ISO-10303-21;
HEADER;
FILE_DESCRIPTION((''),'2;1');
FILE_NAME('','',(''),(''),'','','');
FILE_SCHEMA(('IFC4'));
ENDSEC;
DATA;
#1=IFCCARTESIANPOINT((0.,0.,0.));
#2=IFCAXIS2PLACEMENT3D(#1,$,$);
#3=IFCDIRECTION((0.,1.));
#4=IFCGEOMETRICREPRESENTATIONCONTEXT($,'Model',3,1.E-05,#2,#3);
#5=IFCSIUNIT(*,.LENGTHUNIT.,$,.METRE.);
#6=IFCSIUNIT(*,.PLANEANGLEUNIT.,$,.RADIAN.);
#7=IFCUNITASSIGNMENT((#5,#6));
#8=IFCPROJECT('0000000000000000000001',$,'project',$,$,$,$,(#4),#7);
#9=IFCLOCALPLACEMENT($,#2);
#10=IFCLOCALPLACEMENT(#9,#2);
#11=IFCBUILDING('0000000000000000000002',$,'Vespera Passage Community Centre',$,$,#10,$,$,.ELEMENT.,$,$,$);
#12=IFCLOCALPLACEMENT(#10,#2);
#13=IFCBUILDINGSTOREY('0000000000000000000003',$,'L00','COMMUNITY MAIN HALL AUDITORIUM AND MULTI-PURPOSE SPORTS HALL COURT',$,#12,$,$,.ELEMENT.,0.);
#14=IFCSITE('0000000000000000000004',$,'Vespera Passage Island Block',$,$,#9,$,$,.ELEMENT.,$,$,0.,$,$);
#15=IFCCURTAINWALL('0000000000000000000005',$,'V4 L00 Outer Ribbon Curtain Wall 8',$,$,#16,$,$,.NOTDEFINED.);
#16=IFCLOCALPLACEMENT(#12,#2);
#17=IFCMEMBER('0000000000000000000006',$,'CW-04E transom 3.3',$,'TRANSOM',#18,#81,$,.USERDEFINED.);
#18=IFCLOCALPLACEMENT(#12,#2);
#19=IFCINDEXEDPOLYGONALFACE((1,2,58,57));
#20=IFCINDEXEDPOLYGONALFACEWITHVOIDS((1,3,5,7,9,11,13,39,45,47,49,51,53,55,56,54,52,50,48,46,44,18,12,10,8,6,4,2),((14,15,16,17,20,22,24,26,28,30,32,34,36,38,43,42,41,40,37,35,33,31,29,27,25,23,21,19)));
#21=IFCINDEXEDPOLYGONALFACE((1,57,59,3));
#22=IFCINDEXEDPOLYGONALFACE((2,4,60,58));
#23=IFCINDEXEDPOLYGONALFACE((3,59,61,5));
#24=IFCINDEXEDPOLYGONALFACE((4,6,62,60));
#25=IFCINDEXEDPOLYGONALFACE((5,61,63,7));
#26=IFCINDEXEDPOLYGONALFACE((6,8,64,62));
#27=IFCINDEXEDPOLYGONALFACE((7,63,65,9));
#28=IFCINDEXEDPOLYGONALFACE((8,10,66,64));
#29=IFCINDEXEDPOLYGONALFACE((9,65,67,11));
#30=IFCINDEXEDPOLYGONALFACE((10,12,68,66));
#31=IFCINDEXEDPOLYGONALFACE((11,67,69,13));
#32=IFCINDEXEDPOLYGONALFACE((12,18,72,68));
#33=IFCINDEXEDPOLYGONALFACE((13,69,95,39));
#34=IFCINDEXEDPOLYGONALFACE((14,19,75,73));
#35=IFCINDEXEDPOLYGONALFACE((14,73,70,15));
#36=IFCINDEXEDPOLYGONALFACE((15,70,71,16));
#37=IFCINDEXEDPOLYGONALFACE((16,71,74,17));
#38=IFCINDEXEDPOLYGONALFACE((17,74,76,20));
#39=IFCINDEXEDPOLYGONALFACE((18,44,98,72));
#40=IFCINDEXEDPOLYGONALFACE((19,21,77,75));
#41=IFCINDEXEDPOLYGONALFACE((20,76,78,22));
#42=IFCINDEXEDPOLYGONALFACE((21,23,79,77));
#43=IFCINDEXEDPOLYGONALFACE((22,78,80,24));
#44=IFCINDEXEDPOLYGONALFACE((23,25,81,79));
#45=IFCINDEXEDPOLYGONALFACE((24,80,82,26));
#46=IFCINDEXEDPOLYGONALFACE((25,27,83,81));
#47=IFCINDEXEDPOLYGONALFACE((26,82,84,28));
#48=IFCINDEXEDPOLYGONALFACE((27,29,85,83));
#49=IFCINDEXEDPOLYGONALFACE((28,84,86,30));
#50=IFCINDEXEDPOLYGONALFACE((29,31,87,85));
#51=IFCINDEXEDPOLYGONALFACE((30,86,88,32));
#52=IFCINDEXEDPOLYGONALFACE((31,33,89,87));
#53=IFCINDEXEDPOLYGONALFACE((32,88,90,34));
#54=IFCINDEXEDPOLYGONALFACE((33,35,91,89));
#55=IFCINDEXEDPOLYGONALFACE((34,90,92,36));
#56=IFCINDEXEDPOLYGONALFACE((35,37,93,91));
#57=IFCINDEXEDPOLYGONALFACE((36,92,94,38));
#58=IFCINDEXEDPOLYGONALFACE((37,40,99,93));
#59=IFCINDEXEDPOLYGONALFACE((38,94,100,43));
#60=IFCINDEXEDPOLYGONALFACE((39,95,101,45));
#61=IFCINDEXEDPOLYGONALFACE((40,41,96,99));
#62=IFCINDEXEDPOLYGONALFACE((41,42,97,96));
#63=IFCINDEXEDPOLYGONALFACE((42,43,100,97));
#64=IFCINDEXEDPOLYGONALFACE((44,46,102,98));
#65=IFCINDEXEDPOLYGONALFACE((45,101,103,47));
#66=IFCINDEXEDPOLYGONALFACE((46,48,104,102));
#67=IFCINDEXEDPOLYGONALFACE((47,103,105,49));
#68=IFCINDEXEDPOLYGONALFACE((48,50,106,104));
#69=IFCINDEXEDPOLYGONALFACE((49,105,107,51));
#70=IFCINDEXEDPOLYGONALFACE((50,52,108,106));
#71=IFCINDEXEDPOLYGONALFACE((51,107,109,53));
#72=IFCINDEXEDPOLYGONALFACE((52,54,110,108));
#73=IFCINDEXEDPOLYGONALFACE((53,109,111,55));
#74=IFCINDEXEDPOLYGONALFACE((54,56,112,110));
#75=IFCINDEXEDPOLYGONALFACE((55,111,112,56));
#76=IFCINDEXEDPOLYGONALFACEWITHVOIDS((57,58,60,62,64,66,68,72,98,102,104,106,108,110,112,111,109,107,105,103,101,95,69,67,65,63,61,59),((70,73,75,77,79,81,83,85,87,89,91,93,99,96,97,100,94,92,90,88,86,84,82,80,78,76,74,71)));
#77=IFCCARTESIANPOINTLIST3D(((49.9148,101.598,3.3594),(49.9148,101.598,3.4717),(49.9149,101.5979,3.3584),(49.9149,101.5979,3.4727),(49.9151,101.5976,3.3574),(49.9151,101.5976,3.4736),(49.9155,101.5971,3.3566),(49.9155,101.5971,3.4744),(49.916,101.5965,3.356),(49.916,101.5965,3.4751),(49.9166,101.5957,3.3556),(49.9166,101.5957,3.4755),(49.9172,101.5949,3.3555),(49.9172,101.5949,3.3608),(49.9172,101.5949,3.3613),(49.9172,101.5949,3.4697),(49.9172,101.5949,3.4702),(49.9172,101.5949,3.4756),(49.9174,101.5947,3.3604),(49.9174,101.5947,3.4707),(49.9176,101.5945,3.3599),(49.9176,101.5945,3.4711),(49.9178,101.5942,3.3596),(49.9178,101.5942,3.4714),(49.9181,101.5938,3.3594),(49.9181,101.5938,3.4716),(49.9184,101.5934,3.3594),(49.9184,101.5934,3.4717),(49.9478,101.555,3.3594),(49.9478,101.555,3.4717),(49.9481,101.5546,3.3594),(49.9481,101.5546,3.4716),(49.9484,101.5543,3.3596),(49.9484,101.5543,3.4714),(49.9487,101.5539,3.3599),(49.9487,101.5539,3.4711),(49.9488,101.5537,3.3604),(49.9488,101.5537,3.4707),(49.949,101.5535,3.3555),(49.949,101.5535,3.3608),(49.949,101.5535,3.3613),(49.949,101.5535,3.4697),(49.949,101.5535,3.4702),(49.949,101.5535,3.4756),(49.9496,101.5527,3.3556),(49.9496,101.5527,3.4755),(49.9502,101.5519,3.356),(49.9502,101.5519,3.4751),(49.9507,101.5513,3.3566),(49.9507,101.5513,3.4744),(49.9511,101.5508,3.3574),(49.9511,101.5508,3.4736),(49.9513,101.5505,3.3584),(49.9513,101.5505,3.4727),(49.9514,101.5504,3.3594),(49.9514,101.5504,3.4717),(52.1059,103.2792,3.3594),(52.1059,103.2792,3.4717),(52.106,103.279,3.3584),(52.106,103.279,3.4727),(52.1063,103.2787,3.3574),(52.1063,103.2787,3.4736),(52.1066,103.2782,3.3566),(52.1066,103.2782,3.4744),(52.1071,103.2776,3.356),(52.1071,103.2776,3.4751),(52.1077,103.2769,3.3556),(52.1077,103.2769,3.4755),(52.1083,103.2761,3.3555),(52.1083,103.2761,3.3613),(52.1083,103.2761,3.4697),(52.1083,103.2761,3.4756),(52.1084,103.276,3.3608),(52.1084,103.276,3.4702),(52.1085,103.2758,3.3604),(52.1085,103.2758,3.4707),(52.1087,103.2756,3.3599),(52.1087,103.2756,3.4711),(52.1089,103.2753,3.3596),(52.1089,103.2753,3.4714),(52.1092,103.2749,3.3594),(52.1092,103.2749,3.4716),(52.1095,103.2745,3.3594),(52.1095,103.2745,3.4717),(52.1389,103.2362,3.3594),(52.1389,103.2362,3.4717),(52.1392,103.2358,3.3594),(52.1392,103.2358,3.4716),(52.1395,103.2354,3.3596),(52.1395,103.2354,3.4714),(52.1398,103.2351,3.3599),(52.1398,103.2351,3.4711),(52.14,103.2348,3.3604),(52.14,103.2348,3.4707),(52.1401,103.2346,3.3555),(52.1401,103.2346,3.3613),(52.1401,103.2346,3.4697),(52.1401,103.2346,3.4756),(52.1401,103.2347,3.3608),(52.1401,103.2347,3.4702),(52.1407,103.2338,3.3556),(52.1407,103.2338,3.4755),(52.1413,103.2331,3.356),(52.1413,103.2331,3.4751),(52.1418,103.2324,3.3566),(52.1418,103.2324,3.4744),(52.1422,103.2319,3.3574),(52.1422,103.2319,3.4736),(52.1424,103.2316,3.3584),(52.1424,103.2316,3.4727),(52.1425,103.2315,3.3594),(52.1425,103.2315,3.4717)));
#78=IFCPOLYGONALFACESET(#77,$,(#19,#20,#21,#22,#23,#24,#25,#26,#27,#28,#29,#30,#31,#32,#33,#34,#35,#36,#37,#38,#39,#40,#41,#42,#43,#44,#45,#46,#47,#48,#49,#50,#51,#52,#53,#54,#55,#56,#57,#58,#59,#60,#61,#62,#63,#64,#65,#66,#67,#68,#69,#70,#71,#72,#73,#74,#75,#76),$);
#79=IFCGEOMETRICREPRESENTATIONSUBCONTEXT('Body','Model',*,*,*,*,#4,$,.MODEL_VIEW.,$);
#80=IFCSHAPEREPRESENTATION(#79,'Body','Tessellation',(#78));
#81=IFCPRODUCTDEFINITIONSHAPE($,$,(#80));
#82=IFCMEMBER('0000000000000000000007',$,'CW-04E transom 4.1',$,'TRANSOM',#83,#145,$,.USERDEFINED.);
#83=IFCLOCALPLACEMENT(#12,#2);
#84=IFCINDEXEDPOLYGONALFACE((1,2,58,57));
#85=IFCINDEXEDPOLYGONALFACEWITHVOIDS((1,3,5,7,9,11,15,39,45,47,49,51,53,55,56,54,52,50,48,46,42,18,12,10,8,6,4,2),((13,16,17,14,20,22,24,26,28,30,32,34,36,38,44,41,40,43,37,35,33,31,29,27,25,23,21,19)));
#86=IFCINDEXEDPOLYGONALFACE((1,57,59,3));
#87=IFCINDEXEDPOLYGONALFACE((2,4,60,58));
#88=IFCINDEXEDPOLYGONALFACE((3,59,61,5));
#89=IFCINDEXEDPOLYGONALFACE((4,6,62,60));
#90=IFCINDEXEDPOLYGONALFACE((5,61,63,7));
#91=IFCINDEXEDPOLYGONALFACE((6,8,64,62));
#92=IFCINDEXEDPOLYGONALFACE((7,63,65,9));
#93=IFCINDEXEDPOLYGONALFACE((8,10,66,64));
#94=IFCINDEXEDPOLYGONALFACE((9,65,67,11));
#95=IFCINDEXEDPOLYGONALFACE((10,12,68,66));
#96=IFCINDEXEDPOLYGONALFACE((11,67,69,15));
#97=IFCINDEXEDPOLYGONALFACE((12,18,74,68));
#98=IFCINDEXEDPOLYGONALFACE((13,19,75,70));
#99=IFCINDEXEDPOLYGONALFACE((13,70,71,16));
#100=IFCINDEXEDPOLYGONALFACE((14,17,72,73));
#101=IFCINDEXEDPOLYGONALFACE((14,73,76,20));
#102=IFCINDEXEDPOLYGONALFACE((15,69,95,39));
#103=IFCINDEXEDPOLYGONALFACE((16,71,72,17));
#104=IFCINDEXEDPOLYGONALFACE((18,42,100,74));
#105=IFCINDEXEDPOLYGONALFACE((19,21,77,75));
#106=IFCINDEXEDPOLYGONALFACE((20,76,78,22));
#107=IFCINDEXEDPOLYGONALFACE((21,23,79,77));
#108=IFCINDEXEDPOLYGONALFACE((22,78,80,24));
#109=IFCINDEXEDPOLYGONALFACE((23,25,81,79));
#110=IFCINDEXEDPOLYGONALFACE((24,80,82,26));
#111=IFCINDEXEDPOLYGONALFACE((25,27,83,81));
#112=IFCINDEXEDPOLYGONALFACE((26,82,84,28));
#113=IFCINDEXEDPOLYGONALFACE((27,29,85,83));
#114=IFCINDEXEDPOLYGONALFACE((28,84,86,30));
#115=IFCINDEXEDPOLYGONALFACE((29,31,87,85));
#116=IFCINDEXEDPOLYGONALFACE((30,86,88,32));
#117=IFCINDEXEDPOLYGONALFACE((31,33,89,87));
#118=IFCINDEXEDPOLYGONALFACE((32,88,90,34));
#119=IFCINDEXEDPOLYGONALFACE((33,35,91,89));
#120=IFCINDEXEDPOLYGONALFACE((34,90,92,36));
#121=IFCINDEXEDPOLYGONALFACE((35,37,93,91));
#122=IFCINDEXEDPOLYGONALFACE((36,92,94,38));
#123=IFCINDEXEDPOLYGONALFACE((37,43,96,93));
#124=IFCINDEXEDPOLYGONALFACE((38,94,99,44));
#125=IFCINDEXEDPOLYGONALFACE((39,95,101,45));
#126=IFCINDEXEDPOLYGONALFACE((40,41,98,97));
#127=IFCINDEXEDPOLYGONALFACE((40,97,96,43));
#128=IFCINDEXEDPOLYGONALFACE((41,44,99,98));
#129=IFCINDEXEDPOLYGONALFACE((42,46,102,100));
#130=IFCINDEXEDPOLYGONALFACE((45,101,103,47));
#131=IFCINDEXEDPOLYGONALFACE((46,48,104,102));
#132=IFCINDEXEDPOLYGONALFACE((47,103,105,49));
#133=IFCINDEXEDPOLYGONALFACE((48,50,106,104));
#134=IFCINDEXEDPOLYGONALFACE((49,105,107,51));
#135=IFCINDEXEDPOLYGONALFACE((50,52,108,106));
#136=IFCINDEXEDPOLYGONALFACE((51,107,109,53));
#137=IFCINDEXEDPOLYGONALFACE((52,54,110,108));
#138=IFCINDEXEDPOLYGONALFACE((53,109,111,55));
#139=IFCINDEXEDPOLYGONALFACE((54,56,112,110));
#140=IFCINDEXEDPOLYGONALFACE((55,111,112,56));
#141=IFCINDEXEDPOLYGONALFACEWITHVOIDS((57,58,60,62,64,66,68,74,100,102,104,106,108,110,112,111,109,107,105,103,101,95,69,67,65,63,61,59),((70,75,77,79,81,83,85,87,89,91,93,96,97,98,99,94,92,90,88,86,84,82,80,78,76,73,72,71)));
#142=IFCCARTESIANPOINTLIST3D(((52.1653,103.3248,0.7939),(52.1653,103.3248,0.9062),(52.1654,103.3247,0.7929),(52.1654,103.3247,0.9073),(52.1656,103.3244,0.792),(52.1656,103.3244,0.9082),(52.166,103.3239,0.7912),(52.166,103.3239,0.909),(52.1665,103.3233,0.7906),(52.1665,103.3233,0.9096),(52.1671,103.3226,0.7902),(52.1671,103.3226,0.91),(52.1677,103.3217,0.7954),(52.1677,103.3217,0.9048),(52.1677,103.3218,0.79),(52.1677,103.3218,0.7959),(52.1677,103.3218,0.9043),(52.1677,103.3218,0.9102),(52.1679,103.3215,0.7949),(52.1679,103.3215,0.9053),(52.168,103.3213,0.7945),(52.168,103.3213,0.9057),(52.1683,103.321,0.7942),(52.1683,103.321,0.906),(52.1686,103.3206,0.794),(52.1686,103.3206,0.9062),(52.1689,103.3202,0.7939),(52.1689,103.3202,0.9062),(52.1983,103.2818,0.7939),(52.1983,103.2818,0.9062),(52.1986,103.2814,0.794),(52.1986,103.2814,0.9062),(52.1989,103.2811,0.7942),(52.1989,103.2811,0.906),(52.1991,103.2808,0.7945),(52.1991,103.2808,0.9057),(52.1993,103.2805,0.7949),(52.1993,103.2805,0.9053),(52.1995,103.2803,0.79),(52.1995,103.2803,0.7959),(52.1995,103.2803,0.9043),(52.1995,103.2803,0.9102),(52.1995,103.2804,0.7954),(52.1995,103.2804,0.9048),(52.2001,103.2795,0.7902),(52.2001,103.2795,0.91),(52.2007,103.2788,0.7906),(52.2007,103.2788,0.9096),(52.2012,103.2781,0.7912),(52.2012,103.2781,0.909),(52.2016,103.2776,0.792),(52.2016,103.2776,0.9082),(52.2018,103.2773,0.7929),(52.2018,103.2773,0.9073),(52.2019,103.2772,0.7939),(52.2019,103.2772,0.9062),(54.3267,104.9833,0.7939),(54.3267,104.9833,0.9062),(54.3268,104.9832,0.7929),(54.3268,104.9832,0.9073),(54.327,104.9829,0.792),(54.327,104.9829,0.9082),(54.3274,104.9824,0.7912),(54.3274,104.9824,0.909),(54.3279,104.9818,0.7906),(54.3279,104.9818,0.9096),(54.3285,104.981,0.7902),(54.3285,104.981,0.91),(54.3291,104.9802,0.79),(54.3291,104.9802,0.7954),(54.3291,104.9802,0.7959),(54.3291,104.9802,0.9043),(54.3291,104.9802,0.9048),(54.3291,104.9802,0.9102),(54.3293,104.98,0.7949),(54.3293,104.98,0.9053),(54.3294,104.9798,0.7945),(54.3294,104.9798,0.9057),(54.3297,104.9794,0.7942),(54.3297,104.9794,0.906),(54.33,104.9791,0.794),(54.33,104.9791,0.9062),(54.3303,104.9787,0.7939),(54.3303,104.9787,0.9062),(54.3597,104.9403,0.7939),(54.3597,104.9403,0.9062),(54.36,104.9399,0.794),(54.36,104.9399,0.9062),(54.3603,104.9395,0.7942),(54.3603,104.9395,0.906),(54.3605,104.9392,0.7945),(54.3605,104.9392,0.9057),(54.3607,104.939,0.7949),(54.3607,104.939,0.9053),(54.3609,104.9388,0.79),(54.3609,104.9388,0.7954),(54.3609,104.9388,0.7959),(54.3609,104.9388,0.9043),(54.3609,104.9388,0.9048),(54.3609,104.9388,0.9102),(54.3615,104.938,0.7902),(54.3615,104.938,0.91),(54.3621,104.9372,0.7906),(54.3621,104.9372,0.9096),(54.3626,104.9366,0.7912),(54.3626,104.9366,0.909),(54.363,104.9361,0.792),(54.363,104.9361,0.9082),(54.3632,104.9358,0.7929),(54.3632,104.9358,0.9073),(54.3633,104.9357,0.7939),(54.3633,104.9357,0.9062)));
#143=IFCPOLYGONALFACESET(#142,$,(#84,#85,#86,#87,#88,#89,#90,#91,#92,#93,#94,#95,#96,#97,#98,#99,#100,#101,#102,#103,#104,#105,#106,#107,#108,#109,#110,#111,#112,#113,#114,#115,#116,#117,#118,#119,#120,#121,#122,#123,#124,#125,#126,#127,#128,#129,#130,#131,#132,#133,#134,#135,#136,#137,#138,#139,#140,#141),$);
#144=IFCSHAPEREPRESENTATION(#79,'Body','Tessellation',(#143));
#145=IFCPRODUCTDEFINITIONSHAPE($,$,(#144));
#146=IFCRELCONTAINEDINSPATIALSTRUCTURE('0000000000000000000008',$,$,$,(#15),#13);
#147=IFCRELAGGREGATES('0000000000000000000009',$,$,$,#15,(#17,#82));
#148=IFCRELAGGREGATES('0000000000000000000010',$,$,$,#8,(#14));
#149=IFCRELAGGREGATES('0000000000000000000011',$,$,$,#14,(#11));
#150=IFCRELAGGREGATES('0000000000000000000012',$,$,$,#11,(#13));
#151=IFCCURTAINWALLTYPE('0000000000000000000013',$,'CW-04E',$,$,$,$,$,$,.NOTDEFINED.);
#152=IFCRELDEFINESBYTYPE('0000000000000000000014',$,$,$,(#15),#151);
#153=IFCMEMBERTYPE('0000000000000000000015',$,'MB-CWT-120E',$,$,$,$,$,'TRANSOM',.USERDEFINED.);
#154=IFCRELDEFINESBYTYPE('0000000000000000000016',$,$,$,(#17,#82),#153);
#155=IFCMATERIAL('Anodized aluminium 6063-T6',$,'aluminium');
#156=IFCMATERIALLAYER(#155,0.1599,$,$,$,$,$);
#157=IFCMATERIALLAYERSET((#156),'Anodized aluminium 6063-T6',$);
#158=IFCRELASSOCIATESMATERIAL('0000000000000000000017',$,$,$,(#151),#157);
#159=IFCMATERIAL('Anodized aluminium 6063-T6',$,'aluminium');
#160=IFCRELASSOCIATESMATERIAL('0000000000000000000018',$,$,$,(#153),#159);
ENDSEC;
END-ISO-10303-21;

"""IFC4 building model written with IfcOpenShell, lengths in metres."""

from ifc_helpers import new_model, si_unit, direction, frame, origin, origin_2d, place, context, subcontext, project, spatial, hollow_rectangle, extrude, material, layer, layer_set, material_profile, profile_set, type_object, element, aggregate, save


model = new_model("IFC4")

# Units and contexts
model_context = context("Model", 3, precision=1e-05, world=origin(), true_north=direction((0.0, 1.0)))
body_context = subcontext(model_context, "Body", "Model", "MODEL_VIEW")
ifc_project = project(units=[si_unit("LENGTHUNIT", "METRE"), si_unit("PLANEANGLEUNIT", "RADIAN")], contexts=[model_context])

# Site, building, storey
site_placement = place(None, origin())
site = spatial("IfcSite", under=ifc_project, at=site_placement, Name="Vespera Passage Island Block", CompositionType="ELEMENT", RefElevation=0.0)
building_placement = place(site_placement, origin())
building = spatial("IfcBuilding", under=site, at=building_placement, Name="Vespera Passage Community Centre", CompositionType="ELEMENT")
storey_placement = place(building_placement, origin())
storey = spatial("IfcBuildingStorey", under=building, at=storey_placement, Name="L00", Description="COMMUNITY MAIN HALL AUDITORIUM AND MULTI-PURPOSE SPORTS HALL COURT", CompositionType="ELEMENT", Elevation=0.0)

# Curtain wall
ifc_material_1 = material(Name="Anodized aluminium 6063-T6", Category="aluminium")
ifc_layer_1 = layer(ifc_material_1, 0.1599)
ifc_layer_set_1 = layer_set([ifc_layer_1], Name="Anodized aluminium 6063-T6")
curtain_wall_type_1 = type_object("IfcCurtainWallType", Name="CW-04E", PredefinedType="NOTDEFINED", material=ifc_layer_set_1)
curtain_wall_1_placement = place(storey_placement, origin())
curtain_wall_1 = element("IfcCurtainWall", 1, at=curtain_wall_1_placement, inside=storey, type_object=curtain_wall_type_1, Name="V4 L00 Outer Ribbon Curtain Wall 8", PredefinedType="NOTDEFINED")

# Members
ifc_material_2 = material(Name="Anodized aluminium 6063-T6", Category="aluminium")
ifc_material_profile_1 = material_profile(ifc_material_2, hollow_rectangle(XDim=0.0601, YDim=0.1201, WallThickness=0.0039, InnerFilletRadius=0.002, OuterFilletRadius=0.0039, at=origin_2d()), Name="ALU120X60X4")
ifc_profile_set_1 = profile_set([ifc_material_profile_1], Name="Anodized aluminium 6063-T6")
member_type_1 = type_object("IfcMemberType", Name="MB-CWT-120E", ElementType="TRANSOM", PredefinedType="USERDEFINED", material=ifc_profile_set_1)
member_1_placement = place(storey_placement, frame((49.9331, 101.5742, 3.4155), z_axis=(0.793386, 0.608719, 0.0), x_axis=(-0.608719, 0.793386, 0.0)))
member_1 = element("IfcMember", 2, at=member_1_placement, type_object=member_type_1, Name="CW-04E transom 3.3", ObjectType="TRANSOM", PredefinedType="USERDEFINED", context=body_context, shape_type="SweptSolid", body=[
    extrude(hollow_rectangle(XDim=0.0601, YDim=0.1201, WallThickness=0.0039, InnerFilletRadius=0.002, OuterFilletRadius=0.0039, at=origin_2d()), origin(), (0.0, 0.0, 1.0), 2.7617),
])
member_2_placement = place(storey_placement, frame((52.1836, 103.301, 0.8501), z_axis=(0.79336, 0.608753, 0.0), x_axis=(-0.608753, 0.79336, 0.0)))
member_2 = element("IfcMember", 3, at=member_2_placement, type_object=member_type_1, Name="CW-04E transom 4.1", ObjectType="TRANSOM", PredefinedType="USERDEFINED", context=body_context, shape_type="SweptSolid", body=[
    extrude(hollow_rectangle(XDim=0.0601, YDim=0.1201, WallThickness=0.0039, InnerFilletRadius=0.002, OuterFilletRadius=0.0039, at=origin_2d()), origin(), (0.0, 0.0, 1.0), 2.7244),
])

aggregate(curtain_wall_1, [member_1, member_2])

save(model, "model.ifc")
